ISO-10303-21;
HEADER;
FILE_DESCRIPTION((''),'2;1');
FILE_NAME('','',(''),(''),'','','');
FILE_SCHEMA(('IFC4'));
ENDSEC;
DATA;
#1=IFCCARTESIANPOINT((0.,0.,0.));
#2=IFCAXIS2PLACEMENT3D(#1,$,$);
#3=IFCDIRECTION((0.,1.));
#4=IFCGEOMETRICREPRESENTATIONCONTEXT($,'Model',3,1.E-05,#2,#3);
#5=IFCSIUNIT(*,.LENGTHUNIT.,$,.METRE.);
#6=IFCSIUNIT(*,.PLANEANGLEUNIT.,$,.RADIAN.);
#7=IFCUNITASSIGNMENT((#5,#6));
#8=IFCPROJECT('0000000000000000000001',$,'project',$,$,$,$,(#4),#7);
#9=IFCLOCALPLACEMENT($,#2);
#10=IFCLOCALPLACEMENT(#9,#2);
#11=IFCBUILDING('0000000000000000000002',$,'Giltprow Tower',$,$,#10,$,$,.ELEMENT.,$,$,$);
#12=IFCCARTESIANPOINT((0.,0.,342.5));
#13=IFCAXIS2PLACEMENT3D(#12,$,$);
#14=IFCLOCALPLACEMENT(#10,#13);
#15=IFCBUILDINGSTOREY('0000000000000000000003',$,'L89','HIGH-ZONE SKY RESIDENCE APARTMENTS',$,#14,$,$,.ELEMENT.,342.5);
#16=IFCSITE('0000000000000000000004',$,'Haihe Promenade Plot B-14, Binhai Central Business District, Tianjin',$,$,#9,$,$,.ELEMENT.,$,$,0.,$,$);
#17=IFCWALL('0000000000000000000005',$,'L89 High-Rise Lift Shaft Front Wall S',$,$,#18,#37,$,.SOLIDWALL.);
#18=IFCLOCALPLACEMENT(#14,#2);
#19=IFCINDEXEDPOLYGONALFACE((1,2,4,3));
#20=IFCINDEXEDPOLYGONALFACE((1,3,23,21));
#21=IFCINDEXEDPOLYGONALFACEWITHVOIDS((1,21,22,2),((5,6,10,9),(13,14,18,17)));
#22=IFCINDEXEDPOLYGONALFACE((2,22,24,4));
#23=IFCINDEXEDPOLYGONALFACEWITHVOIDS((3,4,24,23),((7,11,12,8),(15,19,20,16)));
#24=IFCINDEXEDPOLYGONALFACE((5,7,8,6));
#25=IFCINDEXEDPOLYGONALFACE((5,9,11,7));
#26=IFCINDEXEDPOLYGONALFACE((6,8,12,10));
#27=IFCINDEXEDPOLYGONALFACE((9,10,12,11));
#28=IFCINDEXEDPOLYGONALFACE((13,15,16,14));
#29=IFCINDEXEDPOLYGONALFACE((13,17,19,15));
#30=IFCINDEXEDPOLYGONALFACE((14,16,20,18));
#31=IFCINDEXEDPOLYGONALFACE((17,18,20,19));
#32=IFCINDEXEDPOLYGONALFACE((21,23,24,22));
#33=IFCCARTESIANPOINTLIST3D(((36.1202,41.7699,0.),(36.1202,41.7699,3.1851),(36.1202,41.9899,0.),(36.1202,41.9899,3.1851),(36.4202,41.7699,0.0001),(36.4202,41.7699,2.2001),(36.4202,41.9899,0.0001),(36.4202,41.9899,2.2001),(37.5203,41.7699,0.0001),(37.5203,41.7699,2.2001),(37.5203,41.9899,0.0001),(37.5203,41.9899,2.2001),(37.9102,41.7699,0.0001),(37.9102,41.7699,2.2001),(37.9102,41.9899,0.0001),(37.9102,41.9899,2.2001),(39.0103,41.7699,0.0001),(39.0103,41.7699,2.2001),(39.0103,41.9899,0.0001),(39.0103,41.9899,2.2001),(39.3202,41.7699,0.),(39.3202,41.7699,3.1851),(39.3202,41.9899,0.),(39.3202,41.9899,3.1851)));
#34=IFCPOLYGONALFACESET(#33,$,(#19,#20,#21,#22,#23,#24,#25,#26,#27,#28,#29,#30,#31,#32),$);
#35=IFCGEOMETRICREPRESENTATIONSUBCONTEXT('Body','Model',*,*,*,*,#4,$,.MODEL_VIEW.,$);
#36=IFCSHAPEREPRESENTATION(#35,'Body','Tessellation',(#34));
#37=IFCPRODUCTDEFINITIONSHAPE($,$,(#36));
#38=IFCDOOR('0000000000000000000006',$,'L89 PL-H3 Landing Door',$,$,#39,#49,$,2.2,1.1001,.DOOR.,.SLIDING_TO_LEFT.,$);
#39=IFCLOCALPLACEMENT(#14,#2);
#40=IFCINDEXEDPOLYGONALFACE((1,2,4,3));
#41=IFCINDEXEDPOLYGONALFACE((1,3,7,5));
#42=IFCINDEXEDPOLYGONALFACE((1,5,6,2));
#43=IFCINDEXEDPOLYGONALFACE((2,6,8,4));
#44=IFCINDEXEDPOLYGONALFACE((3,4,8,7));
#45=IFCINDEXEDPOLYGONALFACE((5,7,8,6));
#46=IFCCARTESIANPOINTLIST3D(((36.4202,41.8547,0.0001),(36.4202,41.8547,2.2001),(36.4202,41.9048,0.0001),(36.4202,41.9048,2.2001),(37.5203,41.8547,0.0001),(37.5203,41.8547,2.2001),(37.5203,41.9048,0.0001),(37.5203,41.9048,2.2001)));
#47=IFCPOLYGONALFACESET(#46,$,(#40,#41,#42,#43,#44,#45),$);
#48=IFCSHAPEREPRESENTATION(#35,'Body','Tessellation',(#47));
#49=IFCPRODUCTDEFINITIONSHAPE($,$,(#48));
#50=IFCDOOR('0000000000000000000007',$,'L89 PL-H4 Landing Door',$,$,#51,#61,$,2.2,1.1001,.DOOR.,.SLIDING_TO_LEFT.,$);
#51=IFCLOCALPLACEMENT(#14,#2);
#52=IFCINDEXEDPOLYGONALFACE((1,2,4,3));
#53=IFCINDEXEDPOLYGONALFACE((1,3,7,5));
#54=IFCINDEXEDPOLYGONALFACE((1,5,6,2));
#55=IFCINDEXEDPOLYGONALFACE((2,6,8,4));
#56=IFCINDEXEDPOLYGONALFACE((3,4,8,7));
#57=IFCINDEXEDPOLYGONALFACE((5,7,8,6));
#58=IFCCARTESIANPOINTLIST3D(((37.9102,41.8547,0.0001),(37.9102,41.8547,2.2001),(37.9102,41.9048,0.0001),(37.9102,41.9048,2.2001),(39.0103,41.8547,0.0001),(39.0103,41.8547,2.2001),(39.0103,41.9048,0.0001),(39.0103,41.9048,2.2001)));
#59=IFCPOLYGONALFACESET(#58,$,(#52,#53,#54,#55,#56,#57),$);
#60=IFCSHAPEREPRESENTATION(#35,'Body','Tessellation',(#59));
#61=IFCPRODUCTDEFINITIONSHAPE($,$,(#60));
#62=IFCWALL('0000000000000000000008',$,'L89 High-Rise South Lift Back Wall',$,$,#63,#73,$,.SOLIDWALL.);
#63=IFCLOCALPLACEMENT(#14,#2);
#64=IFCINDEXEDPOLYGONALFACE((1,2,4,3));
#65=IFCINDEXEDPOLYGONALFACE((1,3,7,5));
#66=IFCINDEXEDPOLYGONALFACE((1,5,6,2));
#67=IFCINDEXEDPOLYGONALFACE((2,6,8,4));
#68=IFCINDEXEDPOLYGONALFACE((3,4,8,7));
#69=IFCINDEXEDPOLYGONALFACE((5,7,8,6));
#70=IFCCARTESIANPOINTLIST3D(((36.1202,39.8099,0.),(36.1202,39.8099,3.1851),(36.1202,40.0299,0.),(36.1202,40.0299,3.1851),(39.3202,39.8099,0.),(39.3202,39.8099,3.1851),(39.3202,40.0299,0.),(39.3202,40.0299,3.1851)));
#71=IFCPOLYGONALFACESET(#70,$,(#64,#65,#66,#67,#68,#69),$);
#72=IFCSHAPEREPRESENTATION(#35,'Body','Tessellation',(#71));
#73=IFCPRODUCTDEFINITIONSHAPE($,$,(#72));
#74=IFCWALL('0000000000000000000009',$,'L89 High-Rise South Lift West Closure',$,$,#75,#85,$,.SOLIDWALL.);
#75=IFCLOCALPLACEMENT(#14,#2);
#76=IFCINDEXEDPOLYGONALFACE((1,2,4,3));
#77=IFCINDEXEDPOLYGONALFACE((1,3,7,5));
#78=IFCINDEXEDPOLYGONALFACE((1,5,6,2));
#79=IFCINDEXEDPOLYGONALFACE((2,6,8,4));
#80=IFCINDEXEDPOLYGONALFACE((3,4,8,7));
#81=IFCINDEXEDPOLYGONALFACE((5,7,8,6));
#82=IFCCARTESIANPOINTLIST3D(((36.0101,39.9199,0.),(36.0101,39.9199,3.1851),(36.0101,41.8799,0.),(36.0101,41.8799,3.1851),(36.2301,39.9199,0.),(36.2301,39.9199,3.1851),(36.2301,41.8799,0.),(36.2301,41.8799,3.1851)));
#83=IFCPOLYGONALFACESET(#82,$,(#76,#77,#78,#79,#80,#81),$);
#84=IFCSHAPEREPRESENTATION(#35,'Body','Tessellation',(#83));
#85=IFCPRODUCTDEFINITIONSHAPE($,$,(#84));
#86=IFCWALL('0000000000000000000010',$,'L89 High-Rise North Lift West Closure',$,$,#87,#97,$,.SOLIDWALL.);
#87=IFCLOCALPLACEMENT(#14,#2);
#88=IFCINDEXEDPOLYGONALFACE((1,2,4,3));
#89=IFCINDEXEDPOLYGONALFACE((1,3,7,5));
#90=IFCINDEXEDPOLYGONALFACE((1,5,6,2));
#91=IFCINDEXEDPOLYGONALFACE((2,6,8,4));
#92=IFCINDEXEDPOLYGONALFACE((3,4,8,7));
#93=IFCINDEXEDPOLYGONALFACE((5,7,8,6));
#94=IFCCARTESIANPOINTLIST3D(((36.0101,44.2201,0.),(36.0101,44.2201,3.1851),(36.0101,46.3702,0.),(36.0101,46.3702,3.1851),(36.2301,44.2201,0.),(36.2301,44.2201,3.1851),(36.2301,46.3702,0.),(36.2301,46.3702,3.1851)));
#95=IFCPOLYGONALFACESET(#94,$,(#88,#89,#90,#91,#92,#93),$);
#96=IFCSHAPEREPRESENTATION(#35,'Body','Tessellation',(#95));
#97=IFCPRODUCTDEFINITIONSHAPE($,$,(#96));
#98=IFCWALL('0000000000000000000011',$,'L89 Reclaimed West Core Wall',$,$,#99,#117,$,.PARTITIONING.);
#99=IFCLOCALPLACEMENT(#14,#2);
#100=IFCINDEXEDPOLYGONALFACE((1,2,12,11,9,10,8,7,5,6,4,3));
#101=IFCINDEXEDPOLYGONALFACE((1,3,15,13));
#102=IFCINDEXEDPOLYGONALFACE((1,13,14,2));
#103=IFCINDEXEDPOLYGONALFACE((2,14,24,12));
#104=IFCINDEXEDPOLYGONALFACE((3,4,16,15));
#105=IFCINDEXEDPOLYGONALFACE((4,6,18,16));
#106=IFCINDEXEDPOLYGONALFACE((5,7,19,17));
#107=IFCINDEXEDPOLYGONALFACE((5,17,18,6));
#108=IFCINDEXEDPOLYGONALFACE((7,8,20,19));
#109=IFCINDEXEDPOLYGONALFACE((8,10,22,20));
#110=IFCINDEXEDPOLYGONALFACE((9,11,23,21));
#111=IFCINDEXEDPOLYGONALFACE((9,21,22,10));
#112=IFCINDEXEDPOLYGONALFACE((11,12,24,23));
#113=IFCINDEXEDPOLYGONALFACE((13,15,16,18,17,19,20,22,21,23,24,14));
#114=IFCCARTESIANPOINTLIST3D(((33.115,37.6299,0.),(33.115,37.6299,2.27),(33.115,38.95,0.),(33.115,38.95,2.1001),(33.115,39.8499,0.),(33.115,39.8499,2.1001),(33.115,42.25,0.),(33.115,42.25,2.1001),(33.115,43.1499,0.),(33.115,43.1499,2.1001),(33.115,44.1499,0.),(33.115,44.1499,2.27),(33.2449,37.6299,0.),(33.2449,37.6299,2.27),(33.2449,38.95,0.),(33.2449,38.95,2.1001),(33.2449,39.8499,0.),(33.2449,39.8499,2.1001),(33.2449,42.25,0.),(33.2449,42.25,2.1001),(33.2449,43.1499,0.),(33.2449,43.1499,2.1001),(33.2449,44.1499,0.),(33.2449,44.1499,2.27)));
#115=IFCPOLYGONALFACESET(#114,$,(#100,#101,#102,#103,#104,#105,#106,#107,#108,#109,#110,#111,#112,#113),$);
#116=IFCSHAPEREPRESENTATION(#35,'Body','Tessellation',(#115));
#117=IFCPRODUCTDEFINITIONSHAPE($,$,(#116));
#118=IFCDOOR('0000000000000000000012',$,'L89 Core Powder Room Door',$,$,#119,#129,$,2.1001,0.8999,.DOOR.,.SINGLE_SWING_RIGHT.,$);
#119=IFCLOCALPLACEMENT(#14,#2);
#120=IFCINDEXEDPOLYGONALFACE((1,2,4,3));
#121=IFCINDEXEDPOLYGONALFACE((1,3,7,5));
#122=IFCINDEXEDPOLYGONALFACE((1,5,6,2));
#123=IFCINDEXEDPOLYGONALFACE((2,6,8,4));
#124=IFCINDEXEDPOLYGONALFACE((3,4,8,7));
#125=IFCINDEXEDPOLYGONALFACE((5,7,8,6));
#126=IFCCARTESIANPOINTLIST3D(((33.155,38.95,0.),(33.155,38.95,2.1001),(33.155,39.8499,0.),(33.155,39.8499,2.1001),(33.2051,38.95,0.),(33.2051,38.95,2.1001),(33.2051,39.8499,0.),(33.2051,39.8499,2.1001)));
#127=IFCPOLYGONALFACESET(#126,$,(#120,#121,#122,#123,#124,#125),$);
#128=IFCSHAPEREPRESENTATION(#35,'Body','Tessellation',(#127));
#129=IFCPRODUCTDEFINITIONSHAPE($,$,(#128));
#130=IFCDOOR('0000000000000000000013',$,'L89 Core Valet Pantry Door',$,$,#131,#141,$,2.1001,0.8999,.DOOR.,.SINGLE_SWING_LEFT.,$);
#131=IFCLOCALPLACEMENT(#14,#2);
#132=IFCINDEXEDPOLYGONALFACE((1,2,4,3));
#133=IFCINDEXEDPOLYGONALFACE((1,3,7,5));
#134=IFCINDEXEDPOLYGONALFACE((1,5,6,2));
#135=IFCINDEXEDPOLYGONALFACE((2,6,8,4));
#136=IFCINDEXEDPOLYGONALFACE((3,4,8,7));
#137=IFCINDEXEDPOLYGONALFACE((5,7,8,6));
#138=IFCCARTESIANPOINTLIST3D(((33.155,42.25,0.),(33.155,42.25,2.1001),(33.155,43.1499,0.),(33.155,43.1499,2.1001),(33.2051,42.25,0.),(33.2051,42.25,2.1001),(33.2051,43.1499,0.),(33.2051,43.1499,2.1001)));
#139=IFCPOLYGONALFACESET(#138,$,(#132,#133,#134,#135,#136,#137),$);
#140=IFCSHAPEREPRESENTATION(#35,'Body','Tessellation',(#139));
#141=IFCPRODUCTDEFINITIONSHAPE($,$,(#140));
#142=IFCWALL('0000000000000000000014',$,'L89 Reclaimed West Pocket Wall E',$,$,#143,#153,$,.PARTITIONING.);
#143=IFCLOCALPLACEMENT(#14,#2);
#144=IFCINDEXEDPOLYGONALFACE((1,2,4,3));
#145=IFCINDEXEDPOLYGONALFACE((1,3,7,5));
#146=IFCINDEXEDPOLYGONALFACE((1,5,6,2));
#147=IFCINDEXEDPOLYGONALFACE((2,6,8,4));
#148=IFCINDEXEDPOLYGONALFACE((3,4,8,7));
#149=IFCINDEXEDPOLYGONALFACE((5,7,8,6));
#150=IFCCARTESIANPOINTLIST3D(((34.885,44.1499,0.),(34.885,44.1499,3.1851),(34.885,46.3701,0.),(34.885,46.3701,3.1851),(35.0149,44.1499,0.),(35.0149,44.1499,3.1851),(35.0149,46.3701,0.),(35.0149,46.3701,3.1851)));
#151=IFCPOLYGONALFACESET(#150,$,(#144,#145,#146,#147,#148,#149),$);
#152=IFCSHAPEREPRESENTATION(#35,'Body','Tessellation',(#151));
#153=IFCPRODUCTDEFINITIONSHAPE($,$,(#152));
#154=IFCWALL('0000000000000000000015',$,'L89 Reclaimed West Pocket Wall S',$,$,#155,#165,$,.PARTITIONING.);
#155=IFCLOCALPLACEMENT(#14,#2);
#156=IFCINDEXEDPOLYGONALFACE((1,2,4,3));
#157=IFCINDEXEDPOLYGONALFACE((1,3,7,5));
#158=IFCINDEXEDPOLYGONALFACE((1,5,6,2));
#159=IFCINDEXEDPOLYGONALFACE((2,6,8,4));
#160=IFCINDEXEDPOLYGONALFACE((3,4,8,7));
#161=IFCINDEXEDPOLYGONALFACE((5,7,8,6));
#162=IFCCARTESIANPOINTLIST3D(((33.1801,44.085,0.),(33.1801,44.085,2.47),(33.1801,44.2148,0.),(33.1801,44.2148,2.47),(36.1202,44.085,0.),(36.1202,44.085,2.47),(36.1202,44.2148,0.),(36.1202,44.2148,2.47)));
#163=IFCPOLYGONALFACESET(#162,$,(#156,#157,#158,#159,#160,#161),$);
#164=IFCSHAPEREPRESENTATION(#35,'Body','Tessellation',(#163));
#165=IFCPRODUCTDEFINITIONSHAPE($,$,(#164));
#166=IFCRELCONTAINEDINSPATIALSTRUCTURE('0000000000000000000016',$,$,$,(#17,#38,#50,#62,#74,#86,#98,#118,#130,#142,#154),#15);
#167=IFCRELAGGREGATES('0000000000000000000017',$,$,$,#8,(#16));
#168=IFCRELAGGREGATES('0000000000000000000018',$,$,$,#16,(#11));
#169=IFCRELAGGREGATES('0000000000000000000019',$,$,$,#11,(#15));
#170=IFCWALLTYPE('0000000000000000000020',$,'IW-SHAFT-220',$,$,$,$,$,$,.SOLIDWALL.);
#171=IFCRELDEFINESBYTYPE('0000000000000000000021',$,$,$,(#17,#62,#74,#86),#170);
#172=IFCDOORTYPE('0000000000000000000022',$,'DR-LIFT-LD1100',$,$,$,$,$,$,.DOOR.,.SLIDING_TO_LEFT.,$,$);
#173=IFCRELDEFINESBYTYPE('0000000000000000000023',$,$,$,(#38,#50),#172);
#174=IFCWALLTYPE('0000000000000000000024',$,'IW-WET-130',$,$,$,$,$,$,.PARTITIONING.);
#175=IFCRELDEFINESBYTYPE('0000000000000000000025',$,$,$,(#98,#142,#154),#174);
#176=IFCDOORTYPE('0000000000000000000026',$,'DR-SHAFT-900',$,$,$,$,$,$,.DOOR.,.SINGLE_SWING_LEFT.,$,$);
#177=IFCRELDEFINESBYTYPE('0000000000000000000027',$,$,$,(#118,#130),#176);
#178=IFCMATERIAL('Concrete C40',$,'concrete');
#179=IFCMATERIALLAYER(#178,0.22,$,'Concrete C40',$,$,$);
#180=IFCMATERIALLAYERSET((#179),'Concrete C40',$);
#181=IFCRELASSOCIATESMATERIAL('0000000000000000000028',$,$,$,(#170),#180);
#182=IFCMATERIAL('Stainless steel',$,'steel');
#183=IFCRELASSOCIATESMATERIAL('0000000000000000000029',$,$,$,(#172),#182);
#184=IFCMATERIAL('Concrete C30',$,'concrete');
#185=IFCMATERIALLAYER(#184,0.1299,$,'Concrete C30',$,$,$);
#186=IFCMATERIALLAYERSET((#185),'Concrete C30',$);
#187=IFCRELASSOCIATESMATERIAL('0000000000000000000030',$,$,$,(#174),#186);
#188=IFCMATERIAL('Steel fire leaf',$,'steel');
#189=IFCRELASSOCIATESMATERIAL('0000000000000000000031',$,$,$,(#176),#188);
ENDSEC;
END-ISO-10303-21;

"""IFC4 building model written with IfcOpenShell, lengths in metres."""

from ifc_helpers import new_model, si_unit, direction, frame, frame_2d, origin, place, context, subcontext, project, spatial, rectangle, extrude, source, transform, mapped, material, layer, layer_set, type_object, element, fill, save


model = new_model("IFC4")

# Units and contexts
model_context = context("Model", 3, precision=1e-05, world=origin(), true_north=direction((0.0, 1.0)))
body_context = subcontext(model_context, "Body", "Model", "MODEL_VIEW")
ifc_project = project(units=[si_unit("LENGTHUNIT", "METRE"), si_unit("PLANEANGLEUNIT", "RADIAN")], contexts=[model_context])

# Site, building, storey
site_placement = place(None, origin())
site = spatial("IfcSite", under=ifc_project, at=site_placement, Name="Haihe Promenade Plot B-14, Binhai Central Business District, Tianjin", CompositionType="ELEMENT", RefElevation=0.0)
building_placement = place(site_placement, origin())
building = spatial("IfcBuilding", under=site, at=building_placement, Name="Giltprow Tower", CompositionType="ELEMENT")
storey_placement = place(building_placement, frame((0.0, 0.0, 342.5)))
storey = spatial("IfcBuildingStorey", under=building, at=storey_placement, Name="L89", Description="HIGH-ZONE SKY RESIDENCE APARTMENTS", CompositionType="ELEMENT", Elevation=342.5)

# Wall, openings, doors
ifc_material_1 = material(Name="Concrete C40", Category="concrete")
ifc_layer_1 = layer(ifc_material_1, 0.22, Name="Concrete C40")
ifc_layer_set_1 = layer_set([ifc_layer_1], Name="Concrete C40")
wall_type_1 = type_object("IfcWallType", Name="IW-SHAFT-220", PredefinedType="SOLIDWALL", material=ifc_layer_set_1)
ifc_material_2 = material(Name="Stainless steel", Category="steel")
door_type_1 = type_object("IfcDoorType", Name="DR-LIFT-LD1100", OperationType="SLIDING_TO_LEFT", PredefinedType="DOOR", material=ifc_material_2)
shared_shape_1 = source(origin(), body_context, "Body", "SweptSolid", [
    extrude(rectangle(XDim=1.1001, YDim=2.2, at=frame_2d((0.55, 1.1001))), frame((0.0, 0.0249, 0.0), z_axis=(0.0, -1.0, 0.0), x_axis=(1.0, 0.0, 0.0)), (0.0, 0.0, 1.0), 0.05),
])
wall_1_placement = place(storey_placement, frame((36.1201, 41.8799, 0.0), z_axis=(0.0, 0.0, 1.0), x_axis=(1.0, 0.0, 0.0)))
wall_1 = element("IfcWall", 1, at=wall_1_placement, inside=storey, type_object=wall_type_1, Name="L89 High-Rise Lift Shaft Front Wall S", PredefinedType="SOLIDWALL", context=body_context, shape_type="SweptSolid", body=[
    extrude(rectangle(XDim=3.2, YDim=0.22, at=frame_2d((1.6001, 0.0))), origin(), (0.0, 0.0, 1.0), 3.1851),
])
opening_1_placement = place(wall_1_placement, frame((0.3, 0.0, 0.0)))
opening_1 = element("IfcOpeningElement", 2, at=opening_1_placement, cuts=wall_1, PredefinedType="OPENING", context=body_context, shape_type="SweptSolid", body=[
    extrude(rectangle(XDim=1.1001, YDim=2.2, at=frame_2d((0.55, 1.1001))), frame((0.0, 0.1199, 0.0), z_axis=(0.0, -1.0, 0.0), x_axis=(1.0, 0.0, 0.0)), (0.0, 0.0, 1.0), 0.24),
])
opening_2_placement = place(wall_1_placement, frame((1.79, 0.0, 0.0)))
opening_2 = element("IfcOpeningElement", 3, at=opening_2_placement, cuts=wall_1, PredefinedType="OPENING", context=body_context, shape_type="SweptSolid", body=[
    extrude(rectangle(XDim=1.1001, YDim=2.2, at=frame_2d((0.55, 1.1001))), frame((0.0, 0.1199, 0.0), z_axis=(0.0, -1.0, 0.0), x_axis=(1.0, 0.0, 0.0)), (0.0, 0.0, 1.0), 0.24),
])
door_1_placement = place(opening_1_placement, origin())
door_1 = element("IfcDoor", 4, at=door_1_placement, inside=storey, type_object=door_type_1, Name="L89 PL-H3 Landing Door", OperationType="SLIDING_TO_LEFT", OverallHeight=2.2, OverallWidth=1.1001, PredefinedType="DOOR", context=body_context, shape_type="MappedRepresentation", body=[
    mapped(shared_shape_1, transform((0.0, 0.0, 0.0), x_axis=(1.0, 0.0, 0.0), y_axis=(0.0, 1.0, 0.0), z_axis=(0.0, 0.0, 1.0), scale=1.0)),
])
fill(opening_1, door_1)
door_2_placement = place(opening_2_placement, origin())
door_2 = element("IfcDoor", 5, at=door_2_placement, inside=storey, type_object=door_type_1, Name="L89 PL-H4 Landing Door", OperationType="SLIDING_TO_LEFT", OverallHeight=2.2, OverallWidth=1.1001, PredefinedType="DOOR", context=body_context, shape_type="MappedRepresentation", body=[
    mapped(shared_shape_1, transform((0.0, 0.0, 0.0), x_axis=(1.0, 0.0, 0.0), y_axis=(0.0, 1.0, 0.0), z_axis=(0.0, 0.0, 1.0), scale=1.0)),
])
fill(opening_2, door_2)

# Walls
wall_2_placement = place(storey_placement, frame((36.1201, 39.9199, 0.0), z_axis=(0.0, 0.0, 1.0), x_axis=(1.0, 0.0, 0.0)))
element("IfcWall", 6, at=wall_2_placement, inside=storey, type_object=wall_type_1, Name="L89 High-Rise South Lift Back Wall", PredefinedType="SOLIDWALL", context=body_context, shape_type="SweptSolid", body=[
    extrude(rectangle(XDim=3.2, YDim=0.22, at=frame_2d((1.6001, 0.0))), origin(), (0.0, 0.0, 1.0), 3.1851),
])
wall_3_placement = place(storey_placement, frame((36.1201, 39.9199, 0.0), z_axis=(0.0, 0.0, 1.0), x_axis=(0.0, 1.0, 0.0)))
element("IfcWall", 7, at=wall_3_placement, inside=storey, type_object=wall_type_1, Name="L89 High-Rise South Lift West Closure", PredefinedType="SOLIDWALL", context=body_context, shape_type="SweptSolid", body=[
    extrude(rectangle(XDim=1.96, YDim=0.22, at=frame_2d((0.98, 0.0))), origin(), (0.0, 0.0, 1.0), 3.1851),
])
wall_4_placement = place(storey_placement, frame((36.1201, 44.22, 0.0), z_axis=(0.0, 0.0, 1.0), x_axis=(0.0, 1.0, 0.0)))
element("IfcWall", 8, at=wall_4_placement, inside=storey, type_object=wall_type_1, Name="L89 High-Rise North Lift West Closure", PredefinedType="SOLIDWALL", context=body_context, shape_type="SweptSolid", body=[
    extrude(rectangle(XDim=2.1501, YDim=0.22, at=frame_2d((1.0752, 0.0))), origin(), (0.0, 0.0, 1.0), 3.1851),
])

# Wall, openings, doors
ifc_material_3 = material(Name="Concrete C30", Category="concrete")
ifc_layer_2 = layer(ifc_material_3, 0.1299, Name="Concrete C30")
ifc_layer_set_2 = layer_set([ifc_layer_2], Name="Concrete C30")
wall_type_2 = type_object("IfcWallType", Name="IW-WET-130", PredefinedType="PARTITIONING", material=ifc_layer_set_2)
wall_5_placement = place(storey_placement, frame((33.1799, 37.6299, 0.0), z_axis=(0.0, 0.0, 1.0), x_axis=(0.0, 1.0, 0.0)))
wall_5 = element("IfcWall", 9, at=wall_5_placement, inside=storey, type_object=wall_type_2, Name="L89 Reclaimed West Core Wall", PredefinedType="PARTITIONING", context=body_context, shape_type="SweptSolid", body=[
    extrude(rectangle(XDim=6.52, YDim=0.1299, at=frame_2d((3.26, 0.0))), origin(), (0.0, 0.0, 1.0), 2.27),
])
opening_3_placement = place(wall_5_placement, frame((1.3201, 0.0, 0.0)))
opening_3 = element("IfcOpeningElement", 10, at=opening_3_placement, cuts=wall_5, PredefinedType="OPENING", context=body_context, shape_type="SweptSolid", body=[
    extrude(rectangle(XDim=0.8999, YDim=2.1001, at=frame_2d((0.45, 1.05))), frame((0.0, 0.075, 0.0), z_axis=(0.0, -1.0, 0.0), x_axis=(1.0, 0.0, 0.0)), (0.0, 0.0, 1.0), 0.1499),
])
opening_4_placement = place(wall_5_placement, frame((4.6201, 0.0, 0.0)))
opening_4 = element("IfcOpeningElement", 11, at=opening_4_placement, cuts=wall_5, PredefinedType="OPENING", context=body_context, shape_type="SweptSolid", body=[
    extrude(rectangle(XDim=0.8999, YDim=2.1001, at=frame_2d((0.45, 1.05))), frame((0.0, 0.075, 0.0), z_axis=(0.0, -1.0, 0.0), x_axis=(1.0, 0.0, 0.0)), (0.0, 0.0, 1.0), 0.1499),
])
ifc_material_4 = material(Name="Steel fire leaf", Category="steel")
door_type_2 = type_object("IfcDoorType", Name="DR-SHAFT-900", OperationType="SINGLE_SWING_LEFT", PredefinedType="DOOR", material=ifc_material_4)
shared_shape_2 = source(origin(), body_context, "Body", "SweptSolid", [
    extrude(rectangle(XDim=0.8999, YDim=2.1001, at=frame_2d((0.45, 1.05))), frame((0.0, 0.0249, 0.0), z_axis=(0.0, -1.0, 0.0), x_axis=(1.0, 0.0, 0.0)), (0.0, 0.0, 1.0), 0.05),
])
door_3_placement = place(opening_3_placement, origin())
door_3 = element("IfcDoor", 12, at=door_3_placement, inside=storey, type_object=door_type_2, Name="L89 Core Powder Room Door", OperationType="SINGLE_SWING_RIGHT", OverallHeight=2.1001, OverallWidth=0.8999, PredefinedType="DOOR", context=body_context, shape_type="MappedRepresentation", body=[
    mapped(shared_shape_2, transform((0.0, 0.0, 0.0), x_axis=(1.0, 0.0, 0.0), y_axis=(0.0, 1.0, 0.0), z_axis=(0.0, 0.0, 1.0), scale=1.0)),
])
fill(opening_3, door_3)
door_4_placement = place(opening_4_placement, origin())
door_4 = element("IfcDoor", 13, at=door_4_placement, inside=storey, type_object=door_type_2, Name="L89 Core Valet Pantry Door", OperationType="SINGLE_SWING_LEFT", OverallHeight=2.1001, OverallWidth=0.8999, PredefinedType="DOOR", context=body_context, shape_type="MappedRepresentation", body=[
    mapped(shared_shape_2, transform((0.0, 0.0, 0.0), x_axis=(1.0, 0.0, 0.0), y_axis=(0.0, 1.0, 0.0), z_axis=(0.0, 0.0, 1.0), scale=1.0)),
])
fill(opening_4, door_4)

# Walls
wall_6_placement = place(storey_placement, frame((34.95, 44.1499, 0.0), z_axis=(0.0, 0.0, 1.0), x_axis=(0.0, 1.0, 0.0)))
element("IfcWall", 14, at=wall_6_placement, inside=storey, type_object=wall_type_2, Name="L89 Reclaimed West Pocket Wall E", PredefinedType="PARTITIONING", context=body_context, shape_type="SweptSolid", body=[
    extrude(rectangle(XDim=2.2202, YDim=0.1299, at=frame_2d((1.1101, 0.0))), origin(), (0.0, 0.0, 1.0), 3.1851),
])
wall_7_placement = place(storey_placement, frame((33.1799, 44.1499, 0.0), z_axis=(0.0, 0.0, 1.0), x_axis=(1.0, 0.0, 0.0)))
element("IfcWall", 15, at=wall_7_placement, inside=storey, type_object=wall_type_2, Name="L89 Reclaimed West Pocket Wall S", PredefinedType="PARTITIONING", context=body_context, shape_type="SweptSolid", body=[
    extrude(rectangle(XDim=2.9402, YDim=0.1299, at=frame_2d((1.4702, 0.0))), origin(), (0.0, 0.0, 1.0), 2.47),
])

save(model, "model.ifc")
